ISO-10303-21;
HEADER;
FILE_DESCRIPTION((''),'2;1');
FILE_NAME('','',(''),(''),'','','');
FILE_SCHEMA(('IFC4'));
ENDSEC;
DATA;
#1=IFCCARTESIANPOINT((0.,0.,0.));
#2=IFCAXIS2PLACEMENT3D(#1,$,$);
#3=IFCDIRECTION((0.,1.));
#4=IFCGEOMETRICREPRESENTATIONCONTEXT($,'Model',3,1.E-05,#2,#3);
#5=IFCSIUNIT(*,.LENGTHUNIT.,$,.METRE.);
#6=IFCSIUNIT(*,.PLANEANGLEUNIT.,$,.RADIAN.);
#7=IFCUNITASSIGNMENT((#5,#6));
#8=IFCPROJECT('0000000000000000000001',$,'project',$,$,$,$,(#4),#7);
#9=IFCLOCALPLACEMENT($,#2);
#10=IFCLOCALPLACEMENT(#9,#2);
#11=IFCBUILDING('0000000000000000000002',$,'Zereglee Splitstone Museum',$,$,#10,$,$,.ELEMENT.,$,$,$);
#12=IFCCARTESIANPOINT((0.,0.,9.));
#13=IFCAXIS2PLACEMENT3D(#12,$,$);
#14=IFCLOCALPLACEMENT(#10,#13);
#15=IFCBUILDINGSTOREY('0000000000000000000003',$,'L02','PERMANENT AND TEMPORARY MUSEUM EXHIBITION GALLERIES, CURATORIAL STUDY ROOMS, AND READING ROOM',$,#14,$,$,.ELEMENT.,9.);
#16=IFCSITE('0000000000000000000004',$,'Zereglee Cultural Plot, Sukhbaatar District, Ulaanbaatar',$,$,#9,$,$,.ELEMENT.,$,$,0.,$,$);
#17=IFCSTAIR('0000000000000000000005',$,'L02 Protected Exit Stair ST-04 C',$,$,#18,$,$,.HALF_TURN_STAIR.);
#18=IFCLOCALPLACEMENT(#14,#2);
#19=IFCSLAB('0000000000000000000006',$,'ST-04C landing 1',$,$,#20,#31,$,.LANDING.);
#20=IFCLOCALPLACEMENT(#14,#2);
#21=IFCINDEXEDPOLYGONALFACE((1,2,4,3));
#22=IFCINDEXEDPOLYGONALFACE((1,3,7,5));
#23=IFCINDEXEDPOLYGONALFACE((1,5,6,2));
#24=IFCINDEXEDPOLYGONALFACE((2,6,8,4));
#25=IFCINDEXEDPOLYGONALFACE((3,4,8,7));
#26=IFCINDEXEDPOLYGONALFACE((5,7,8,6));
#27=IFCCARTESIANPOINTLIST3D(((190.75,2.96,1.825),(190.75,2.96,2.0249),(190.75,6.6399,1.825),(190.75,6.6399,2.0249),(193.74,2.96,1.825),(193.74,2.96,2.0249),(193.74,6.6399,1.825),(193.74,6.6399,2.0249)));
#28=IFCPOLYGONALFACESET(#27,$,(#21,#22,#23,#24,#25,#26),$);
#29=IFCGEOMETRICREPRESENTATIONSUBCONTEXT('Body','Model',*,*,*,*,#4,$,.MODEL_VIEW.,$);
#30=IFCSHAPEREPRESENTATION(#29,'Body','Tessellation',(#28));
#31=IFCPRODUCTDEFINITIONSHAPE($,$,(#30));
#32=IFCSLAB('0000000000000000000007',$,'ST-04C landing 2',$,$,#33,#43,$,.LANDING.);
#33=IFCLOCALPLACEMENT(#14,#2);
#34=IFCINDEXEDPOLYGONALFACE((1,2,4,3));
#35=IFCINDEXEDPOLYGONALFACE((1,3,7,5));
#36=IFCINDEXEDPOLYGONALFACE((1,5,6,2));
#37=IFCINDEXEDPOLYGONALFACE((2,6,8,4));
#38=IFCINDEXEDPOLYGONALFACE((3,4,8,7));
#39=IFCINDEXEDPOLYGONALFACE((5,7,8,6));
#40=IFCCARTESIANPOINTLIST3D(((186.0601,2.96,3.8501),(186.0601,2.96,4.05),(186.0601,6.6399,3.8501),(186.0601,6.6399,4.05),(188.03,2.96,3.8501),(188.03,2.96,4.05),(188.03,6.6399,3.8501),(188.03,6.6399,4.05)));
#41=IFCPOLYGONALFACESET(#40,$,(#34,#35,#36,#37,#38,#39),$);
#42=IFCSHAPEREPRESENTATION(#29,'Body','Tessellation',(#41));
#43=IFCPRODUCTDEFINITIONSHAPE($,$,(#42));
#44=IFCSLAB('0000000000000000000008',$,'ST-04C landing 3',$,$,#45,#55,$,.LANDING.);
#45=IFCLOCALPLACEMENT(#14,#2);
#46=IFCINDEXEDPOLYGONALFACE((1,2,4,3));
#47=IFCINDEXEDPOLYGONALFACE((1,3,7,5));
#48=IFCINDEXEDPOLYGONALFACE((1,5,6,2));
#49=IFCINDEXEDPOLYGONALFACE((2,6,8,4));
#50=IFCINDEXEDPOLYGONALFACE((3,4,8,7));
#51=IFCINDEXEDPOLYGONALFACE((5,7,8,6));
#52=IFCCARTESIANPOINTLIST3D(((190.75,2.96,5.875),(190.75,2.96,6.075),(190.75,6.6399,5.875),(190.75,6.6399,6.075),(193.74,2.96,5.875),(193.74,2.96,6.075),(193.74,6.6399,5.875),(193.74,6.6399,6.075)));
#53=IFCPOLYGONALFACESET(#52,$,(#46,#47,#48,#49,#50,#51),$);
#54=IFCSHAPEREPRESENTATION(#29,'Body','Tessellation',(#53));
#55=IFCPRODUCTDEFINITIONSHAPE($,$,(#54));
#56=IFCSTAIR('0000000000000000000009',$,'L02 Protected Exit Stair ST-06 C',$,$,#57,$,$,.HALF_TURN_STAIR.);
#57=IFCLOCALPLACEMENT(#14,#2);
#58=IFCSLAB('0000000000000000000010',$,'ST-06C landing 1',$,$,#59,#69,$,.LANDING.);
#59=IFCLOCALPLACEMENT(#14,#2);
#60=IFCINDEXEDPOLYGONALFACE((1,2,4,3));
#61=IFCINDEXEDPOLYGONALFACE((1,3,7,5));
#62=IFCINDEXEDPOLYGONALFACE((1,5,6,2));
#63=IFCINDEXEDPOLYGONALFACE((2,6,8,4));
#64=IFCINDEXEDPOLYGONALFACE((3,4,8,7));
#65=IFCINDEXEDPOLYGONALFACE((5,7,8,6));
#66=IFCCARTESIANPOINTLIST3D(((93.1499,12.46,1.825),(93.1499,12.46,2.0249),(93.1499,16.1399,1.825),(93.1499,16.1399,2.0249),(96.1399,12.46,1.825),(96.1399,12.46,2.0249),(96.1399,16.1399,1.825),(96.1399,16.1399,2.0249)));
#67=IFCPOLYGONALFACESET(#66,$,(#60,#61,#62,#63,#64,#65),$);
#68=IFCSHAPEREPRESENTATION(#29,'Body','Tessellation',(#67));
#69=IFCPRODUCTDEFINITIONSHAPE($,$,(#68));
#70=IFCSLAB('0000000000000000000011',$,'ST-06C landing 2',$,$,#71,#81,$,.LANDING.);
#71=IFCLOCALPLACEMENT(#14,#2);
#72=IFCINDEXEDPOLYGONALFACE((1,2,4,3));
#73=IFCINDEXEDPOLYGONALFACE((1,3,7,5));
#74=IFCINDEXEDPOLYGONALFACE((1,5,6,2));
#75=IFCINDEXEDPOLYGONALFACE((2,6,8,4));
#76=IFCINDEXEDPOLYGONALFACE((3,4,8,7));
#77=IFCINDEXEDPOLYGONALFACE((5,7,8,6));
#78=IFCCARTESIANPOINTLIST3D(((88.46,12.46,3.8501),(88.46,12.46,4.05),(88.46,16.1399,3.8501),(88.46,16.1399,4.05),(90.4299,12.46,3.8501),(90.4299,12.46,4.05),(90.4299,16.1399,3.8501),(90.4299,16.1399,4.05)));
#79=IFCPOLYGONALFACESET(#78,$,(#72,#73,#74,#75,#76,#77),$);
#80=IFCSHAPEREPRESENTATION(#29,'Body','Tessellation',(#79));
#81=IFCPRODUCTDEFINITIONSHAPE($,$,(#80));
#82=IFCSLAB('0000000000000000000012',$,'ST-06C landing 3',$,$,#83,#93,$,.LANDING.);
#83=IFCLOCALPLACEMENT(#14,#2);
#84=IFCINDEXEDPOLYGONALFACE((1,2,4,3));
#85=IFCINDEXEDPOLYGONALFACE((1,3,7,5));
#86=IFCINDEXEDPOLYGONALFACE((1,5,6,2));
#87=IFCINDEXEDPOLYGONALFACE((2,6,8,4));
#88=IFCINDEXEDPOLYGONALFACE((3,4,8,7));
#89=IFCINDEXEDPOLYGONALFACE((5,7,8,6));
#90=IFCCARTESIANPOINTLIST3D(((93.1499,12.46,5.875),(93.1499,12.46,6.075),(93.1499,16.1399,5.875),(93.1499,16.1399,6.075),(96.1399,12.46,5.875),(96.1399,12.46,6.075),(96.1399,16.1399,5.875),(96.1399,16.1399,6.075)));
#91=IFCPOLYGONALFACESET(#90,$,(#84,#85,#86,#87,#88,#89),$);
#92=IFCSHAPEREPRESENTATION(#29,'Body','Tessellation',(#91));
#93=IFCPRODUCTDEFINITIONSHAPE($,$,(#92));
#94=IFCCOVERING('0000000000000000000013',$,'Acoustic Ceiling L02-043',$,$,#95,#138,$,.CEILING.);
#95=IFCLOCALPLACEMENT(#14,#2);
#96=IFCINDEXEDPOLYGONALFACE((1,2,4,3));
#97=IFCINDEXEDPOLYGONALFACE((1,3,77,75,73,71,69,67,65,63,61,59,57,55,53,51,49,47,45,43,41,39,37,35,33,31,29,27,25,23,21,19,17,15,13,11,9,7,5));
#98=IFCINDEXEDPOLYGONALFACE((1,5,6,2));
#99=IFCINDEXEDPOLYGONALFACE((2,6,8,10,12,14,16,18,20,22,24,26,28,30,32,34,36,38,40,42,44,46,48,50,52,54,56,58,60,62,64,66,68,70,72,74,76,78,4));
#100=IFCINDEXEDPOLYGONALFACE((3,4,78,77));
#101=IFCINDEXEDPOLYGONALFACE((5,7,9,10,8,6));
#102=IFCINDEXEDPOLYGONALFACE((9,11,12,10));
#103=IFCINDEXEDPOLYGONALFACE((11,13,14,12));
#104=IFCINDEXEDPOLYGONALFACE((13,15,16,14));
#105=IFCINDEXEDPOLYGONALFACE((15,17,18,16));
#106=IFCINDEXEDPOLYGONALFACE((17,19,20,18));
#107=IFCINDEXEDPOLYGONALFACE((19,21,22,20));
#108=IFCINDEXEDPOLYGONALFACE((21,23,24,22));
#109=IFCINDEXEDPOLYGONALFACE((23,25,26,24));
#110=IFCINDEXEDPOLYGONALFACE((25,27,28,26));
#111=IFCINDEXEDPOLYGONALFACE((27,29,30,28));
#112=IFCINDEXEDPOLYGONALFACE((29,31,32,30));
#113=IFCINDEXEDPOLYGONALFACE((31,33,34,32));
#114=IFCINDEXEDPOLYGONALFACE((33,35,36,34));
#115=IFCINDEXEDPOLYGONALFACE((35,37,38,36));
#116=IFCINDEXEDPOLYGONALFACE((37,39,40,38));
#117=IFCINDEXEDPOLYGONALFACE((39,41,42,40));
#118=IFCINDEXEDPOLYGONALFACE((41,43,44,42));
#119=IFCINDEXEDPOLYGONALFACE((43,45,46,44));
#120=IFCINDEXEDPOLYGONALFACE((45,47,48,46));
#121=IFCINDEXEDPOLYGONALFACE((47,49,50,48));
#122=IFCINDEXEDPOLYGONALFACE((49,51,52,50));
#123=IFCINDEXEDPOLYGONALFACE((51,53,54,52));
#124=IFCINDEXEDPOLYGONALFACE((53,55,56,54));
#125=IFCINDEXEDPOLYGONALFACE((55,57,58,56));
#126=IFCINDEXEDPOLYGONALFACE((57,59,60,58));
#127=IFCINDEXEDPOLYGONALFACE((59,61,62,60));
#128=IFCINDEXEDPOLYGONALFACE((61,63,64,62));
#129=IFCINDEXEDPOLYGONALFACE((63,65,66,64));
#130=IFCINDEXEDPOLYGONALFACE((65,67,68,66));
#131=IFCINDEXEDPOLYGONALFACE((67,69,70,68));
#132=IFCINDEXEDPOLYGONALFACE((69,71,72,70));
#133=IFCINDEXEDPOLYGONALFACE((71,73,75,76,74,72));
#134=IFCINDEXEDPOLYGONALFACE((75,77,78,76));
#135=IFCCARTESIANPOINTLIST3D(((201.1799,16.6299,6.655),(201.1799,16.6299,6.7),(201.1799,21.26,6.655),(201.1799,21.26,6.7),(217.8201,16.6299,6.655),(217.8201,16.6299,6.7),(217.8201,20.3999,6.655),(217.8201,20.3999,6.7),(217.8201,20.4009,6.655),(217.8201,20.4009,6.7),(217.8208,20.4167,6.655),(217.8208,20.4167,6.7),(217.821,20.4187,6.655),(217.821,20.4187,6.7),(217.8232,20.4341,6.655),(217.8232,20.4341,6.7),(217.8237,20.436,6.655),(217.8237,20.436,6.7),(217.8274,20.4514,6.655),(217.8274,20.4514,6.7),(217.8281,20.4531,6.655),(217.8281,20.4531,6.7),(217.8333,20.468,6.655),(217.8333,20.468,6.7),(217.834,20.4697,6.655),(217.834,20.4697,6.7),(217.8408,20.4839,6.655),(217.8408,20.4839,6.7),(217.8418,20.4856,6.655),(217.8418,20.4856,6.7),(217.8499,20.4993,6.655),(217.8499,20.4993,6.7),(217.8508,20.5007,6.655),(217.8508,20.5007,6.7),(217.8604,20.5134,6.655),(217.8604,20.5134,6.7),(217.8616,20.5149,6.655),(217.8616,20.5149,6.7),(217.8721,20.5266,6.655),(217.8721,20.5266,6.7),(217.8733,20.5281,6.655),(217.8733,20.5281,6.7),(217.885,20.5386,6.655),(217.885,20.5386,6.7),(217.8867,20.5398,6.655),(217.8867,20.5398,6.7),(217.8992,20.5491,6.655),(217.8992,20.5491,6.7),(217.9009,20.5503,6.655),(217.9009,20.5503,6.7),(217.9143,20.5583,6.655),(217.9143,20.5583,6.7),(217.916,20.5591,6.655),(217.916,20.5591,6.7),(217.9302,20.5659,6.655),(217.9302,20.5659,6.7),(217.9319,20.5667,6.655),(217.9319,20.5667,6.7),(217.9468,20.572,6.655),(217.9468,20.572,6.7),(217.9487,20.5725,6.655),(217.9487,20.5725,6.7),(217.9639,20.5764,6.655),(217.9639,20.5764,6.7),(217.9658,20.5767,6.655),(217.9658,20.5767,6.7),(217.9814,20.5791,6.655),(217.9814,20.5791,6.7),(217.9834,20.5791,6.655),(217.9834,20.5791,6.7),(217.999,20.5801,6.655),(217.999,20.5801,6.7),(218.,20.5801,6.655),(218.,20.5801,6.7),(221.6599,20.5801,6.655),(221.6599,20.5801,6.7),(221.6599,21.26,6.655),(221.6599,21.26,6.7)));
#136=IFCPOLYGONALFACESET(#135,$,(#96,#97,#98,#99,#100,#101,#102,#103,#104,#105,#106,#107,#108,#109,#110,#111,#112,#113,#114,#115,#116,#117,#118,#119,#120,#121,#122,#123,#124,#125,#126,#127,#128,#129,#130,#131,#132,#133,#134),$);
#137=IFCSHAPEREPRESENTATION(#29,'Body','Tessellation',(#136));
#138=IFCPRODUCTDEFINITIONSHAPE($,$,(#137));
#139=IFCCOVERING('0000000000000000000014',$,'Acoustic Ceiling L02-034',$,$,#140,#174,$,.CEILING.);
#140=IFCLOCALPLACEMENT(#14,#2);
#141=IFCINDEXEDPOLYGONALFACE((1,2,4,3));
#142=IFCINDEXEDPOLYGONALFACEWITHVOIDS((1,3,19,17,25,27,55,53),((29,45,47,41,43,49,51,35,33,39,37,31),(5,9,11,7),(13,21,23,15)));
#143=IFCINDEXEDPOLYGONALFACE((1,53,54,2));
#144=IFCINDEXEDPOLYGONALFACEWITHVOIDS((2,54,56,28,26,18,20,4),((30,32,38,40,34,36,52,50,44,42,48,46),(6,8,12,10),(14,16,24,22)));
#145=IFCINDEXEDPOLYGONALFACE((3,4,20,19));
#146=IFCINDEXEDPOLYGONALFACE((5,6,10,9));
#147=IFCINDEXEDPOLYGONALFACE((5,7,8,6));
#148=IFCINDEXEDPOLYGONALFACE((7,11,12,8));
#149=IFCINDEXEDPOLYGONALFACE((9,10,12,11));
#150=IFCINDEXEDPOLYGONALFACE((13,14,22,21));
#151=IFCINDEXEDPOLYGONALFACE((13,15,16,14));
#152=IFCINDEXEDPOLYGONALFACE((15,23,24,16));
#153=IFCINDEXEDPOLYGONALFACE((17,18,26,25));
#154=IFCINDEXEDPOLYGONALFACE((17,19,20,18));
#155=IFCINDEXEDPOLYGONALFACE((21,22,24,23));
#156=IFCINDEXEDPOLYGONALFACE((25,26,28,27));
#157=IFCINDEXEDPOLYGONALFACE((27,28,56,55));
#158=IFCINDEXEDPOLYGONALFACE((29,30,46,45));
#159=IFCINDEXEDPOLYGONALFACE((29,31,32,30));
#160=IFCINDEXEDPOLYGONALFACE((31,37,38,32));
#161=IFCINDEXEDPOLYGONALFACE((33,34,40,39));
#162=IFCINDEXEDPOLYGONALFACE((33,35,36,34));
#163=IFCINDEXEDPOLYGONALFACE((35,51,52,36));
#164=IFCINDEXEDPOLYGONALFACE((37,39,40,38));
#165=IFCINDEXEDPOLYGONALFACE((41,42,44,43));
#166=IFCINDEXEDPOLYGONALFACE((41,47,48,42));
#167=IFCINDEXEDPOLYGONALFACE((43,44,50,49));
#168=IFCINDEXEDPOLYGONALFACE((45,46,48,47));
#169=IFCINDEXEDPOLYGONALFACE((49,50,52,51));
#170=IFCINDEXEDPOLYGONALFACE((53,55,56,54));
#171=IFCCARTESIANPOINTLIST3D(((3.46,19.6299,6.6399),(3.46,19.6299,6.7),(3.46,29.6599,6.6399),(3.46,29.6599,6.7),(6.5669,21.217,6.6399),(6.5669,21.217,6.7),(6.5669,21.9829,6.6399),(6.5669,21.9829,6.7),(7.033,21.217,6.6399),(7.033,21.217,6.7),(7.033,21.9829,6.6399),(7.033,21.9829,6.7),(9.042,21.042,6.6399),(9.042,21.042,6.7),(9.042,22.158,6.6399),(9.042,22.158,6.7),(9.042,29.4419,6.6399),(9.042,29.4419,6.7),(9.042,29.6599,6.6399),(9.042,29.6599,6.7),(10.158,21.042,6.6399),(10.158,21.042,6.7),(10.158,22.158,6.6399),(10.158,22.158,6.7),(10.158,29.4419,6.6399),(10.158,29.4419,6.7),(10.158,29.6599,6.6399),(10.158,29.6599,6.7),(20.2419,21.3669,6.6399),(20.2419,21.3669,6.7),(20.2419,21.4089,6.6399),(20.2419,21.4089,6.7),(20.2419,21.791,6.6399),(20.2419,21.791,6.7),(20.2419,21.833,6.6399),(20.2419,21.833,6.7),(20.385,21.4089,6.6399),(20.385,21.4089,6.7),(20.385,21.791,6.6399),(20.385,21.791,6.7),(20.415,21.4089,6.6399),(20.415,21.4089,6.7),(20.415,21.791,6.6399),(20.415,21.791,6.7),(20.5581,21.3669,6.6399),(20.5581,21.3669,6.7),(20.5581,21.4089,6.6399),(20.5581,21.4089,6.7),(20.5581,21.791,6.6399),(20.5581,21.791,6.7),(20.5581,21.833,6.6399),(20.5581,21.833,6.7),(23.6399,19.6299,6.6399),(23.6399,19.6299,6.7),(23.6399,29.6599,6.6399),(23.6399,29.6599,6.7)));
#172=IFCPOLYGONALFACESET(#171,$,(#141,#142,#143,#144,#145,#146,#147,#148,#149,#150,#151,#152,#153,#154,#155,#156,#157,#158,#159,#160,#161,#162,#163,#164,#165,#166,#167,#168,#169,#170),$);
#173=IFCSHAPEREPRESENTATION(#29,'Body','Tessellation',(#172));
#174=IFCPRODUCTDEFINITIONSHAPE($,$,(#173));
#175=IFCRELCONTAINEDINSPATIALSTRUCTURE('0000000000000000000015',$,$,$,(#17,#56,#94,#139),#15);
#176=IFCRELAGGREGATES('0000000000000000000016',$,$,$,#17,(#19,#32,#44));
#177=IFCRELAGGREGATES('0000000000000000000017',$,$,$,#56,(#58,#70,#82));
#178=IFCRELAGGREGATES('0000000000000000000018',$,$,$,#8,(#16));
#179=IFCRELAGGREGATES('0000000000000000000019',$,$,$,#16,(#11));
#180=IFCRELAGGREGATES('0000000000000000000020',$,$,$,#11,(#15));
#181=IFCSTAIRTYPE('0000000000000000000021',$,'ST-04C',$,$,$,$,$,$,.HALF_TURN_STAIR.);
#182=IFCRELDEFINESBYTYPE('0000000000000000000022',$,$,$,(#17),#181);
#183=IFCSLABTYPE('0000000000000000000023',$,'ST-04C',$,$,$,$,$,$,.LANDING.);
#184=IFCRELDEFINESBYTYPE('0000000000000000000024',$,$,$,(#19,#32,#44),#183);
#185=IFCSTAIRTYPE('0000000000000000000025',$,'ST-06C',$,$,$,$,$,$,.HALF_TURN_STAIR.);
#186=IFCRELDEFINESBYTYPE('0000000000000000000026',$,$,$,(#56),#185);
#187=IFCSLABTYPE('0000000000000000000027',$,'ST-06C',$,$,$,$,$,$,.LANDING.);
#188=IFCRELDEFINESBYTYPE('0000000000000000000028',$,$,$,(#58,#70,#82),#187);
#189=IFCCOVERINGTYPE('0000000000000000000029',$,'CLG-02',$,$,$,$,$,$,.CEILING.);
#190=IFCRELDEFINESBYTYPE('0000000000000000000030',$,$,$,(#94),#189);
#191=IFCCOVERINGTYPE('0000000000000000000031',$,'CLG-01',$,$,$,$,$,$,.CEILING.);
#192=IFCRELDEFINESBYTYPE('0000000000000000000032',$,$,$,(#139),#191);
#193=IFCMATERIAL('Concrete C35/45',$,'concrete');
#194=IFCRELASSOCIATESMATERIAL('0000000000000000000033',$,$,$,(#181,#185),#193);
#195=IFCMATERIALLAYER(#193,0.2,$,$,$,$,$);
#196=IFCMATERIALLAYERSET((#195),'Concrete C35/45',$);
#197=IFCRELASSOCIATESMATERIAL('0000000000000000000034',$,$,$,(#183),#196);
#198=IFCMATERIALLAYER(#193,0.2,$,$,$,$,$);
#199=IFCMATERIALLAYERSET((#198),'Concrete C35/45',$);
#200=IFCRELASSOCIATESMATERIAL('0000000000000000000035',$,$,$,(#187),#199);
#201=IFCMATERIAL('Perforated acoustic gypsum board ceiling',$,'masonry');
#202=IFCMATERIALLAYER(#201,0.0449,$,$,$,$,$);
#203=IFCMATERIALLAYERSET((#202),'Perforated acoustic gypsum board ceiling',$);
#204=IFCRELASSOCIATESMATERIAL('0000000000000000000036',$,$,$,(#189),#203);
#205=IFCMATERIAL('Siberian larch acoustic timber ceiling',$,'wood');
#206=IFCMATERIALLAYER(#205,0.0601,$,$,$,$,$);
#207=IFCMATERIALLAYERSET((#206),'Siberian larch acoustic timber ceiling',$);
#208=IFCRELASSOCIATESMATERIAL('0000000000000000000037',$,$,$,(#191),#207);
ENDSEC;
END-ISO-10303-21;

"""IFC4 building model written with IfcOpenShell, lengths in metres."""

from ifc_helpers import new_model, si_unit, direction, frame, origin, place, context, subcontext, project, spatial, polyline, outline, extrude, material, layer, layer_set, type_object, element, aggregate, save


model = new_model("IFC4")

# Units and contexts
model_context = context("Model", 3, precision=1e-05, world=origin(), true_north=direction((0.0, 1.0)))
body_context = subcontext(model_context, "Body", "Model", "MODEL_VIEW")
ifc_project = project(units=[si_unit("LENGTHUNIT", "METRE"), si_unit("PLANEANGLEUNIT", "RADIAN")], contexts=[model_context])

# Site, building, storey
site_placement = place(None, origin())
site = spatial("IfcSite", under=ifc_project, at=site_placement, Name="Zereglee Cultural Plot, Sukhbaatar District, Ulaanbaatar", CompositionType="ELEMENT", RefElevation=0.0)
building_placement = place(site_placement, origin())
building = spatial("IfcBuilding", under=site, at=building_placement, Name="Zereglee Splitstone Museum", CompositionType="ELEMENT")
storey_placement = place(building_placement, frame((0.0, 0.0, 9.0)))
storey = spatial("IfcBuildingStorey", under=building, at=storey_placement, Name="L02", Description="PERMANENT AND TEMPORARY MUSEUM EXHIBITION GALLERIES, CURATORIAL STUDY ROOMS, AND READING ROOM", CompositionType="ELEMENT", Elevation=9.0)

# Stairs, slabs
ifc_material_1 = material(Name="Concrete C35/45", Category="concrete")
stair_type_1 = type_object("IfcStairType", Name="ST-04C", PredefinedType="HALF_TURN_STAIR", material=ifc_material_1)
stair_1_placement = place(storey_placement, origin())
stair_1 = element("IfcStair", 1, at=stair_1_placement, inside=storey, type_object=stair_type_1, Name="L02 Protected Exit Stair ST-04 C", PredefinedType="HALF_TURN_STAIR")
ifc_layer_1 = layer(ifc_material_1, 0.2)
ifc_layer_set_1 = layer_set([ifc_layer_1], Name="Concrete C35/45")
slab_type_1 = type_object("IfcSlabType", Name="ST-04C", PredefinedType="LANDING", material=ifc_layer_set_1)
slab_1_placement = place(storey_placement, frame((0.0, 0.0, 1.825)))
slab_1 = element("IfcSlab", 2, at=slab_1_placement, type_object=slab_type_1, Name="ST-04C landing 1", PredefinedType="LANDING", context=body_context, shape_type="SweptSolid", body=[
    extrude(outline(polyline([(190.75, 2.96), (193.74, 2.96), (193.74, 6.6399), (190.75, 6.6399), (190.75, 2.96)])), origin(), (0.0, 0.0, 1.0), 0.2),
])
slab_2_placement = place(storey_placement, frame((0.0, 0.0, 3.8501)))
slab_2 = element("IfcSlab", 3, at=slab_2_placement, type_object=slab_type_1, Name="ST-04C landing 2", PredefinedType="LANDING", context=body_context, shape_type="SweptSolid", body=[
    extrude(outline(polyline([(186.0601, 2.96), (188.03, 2.96), (188.03, 6.6399), (186.0601, 6.6399), (186.0601, 2.96)])), origin(), (0.0, 0.0, 1.0), 0.2),
])
slab_3_placement = place(storey_placement, frame((0.0, 0.0, 5.875)))
slab_3 = element("IfcSlab", 4, at=slab_3_placement, type_object=slab_type_1, Name="ST-04C landing 3", PredefinedType="LANDING", context=body_context, shape_type="SweptSolid", body=[
    extrude(outline(polyline([(190.75, 2.96), (193.74, 2.96), (193.74, 6.6399), (190.75, 6.6399), (190.75, 2.96)])), origin(), (0.0, 0.0, 1.0), 0.2),
])
aggregate(stair_1, [slab_1, slab_2, slab_3])
stair_type_2 = type_object("IfcStairType", Name="ST-06C", PredefinedType="HALF_TURN_STAIR", material=ifc_material_1)
stair_2_placement = place(storey_placement, origin())
stair_2 = element("IfcStair", 5, at=stair_2_placement, inside=storey, type_object=stair_type_2, Name="L02 Protected Exit Stair ST-06 C", PredefinedType="HALF_TURN_STAIR")
ifc_layer_2 = layer(ifc_material_1, 0.2)
ifc_layer_set_2 = layer_set([ifc_layer_2], Name="Concrete C35/45")
slab_type_2 = type_object("IfcSlabType", Name="ST-06C", PredefinedType="LANDING", material=ifc_layer_set_2)
slab_4_placement = place(storey_placement, frame((0.0, 0.0, 1.825)))
slab_4 = element("IfcSlab", 6, at=slab_4_placement, type_object=slab_type_2, Name="ST-06C landing 1", PredefinedType="LANDING", context=body_context, shape_type="SweptSolid", body=[
    extrude(outline(polyline([(93.1499, 12.46), (96.1399, 12.46), (96.1399, 16.1399), (93.1499, 16.1399), (93.1499, 12.46)])), origin(), (0.0, 0.0, 1.0), 0.2),
])
slab_5_placement = place(storey_placement, frame((0.0, 0.0, 3.8501)))
slab_5 = element("IfcSlab", 7, at=slab_5_placement, type_object=slab_type_2, Name="ST-06C landing 2", PredefinedType="LANDING", context=body_context, shape_type="SweptSolid", body=[
    extrude(outline(polyline([(88.46, 12.46), (90.4299, 12.46), (90.4299, 16.1399), (88.46, 16.1399), (88.46, 12.46)])), origin(), (0.0, 0.0, 1.0), 0.2),
])
slab_6_placement = place(storey_placement, frame((0.0, 0.0, 5.875)))
slab_6 = element("IfcSlab", 8, at=slab_6_placement, type_object=slab_type_2, Name="ST-06C landing 3", PredefinedType="LANDING", context=body_context, shape_type="SweptSolid", body=[
    extrude(outline(polyline([(93.1499, 12.46), (96.1399, 12.46), (96.1399, 16.1399), (93.1499, 16.1399), (93.1499, 12.46)])), origin(), (0.0, 0.0, 1.0), 0.2),
])
aggregate(stair_2, [slab_4, slab_5, slab_6])

# Coverings
ifc_material_2 = material(Name="Perforated acoustic gypsum board ceiling", Category="masonry")
ifc_layer_3 = layer(ifc_material_2, 0.0449)
ifc_layer_set_3 = layer_set([ifc_layer_3], Name="Perforated acoustic gypsum board ceiling")
covering_type_1 = type_object("IfcCoveringType", Name="CLG-02", PredefinedType="CEILING", material=ifc_layer_set_3)
covering_1_placement = place(storey_placement, frame((0.0, 0.0, 6.655)))
element("IfcCovering", 9, at=covering_1_placement, inside=storey, type_object=covering_type_1, Name="Acoustic Ceiling L02-043", PredefinedType="CEILING", context=body_context, shape_type="SweptSolid", body=[
    extrude(outline(polyline([(221.6599, 20.5801), (218.0, 20.5801), (217.999, 20.5801), (217.9834, 20.5791), (217.9814, 20.5791), (217.9658, 20.5767), (217.9639, 20.5764), (217.9487, 20.5725), (217.9468, 20.572), (217.9319, 20.5667), (217.9302, 20.5659), (217.916, 20.5591), (217.9143, 20.5583), (217.9009, 20.5503), (217.8992, 20.5491), (217.8867, 20.5398), (217.885, 20.5386), (217.8733, 20.5281), (217.8721, 20.5266), (217.8616, 20.5149), (217.8604, 20.5134), (217.8508, 20.5007), (217.8499, 20.4993), (217.8418, 20.4856), (217.8408, 20.4839), (217.834, 20.4697), (217.8333, 20.468), (217.8281, 20.4531), (217.8274, 20.4514), (217.8237, 20.436), (217.8232, 20.4341), (217.821, 20.4187), (217.8208, 20.4167), (217.8201, 20.4009), (217.8201, 20.3999), (217.8201, 16.6299), (201.1799, 16.6299), (201.1799, 21.26), (221.6599, 21.26), (221.6599, 20.5801)])), origin(), (0.0, 0.0, 1.0), 0.0449),
])
ifc_material_3 = material(Name="Siberian larch acoustic timber ceiling", Category="wood")
ifc_layer_4 = layer(ifc_material_3, 0.0601)
ifc_layer_set_4 = layer_set([ifc_layer_4], Name="Siberian larch acoustic timber ceiling")
covering_type_2 = type_object("IfcCoveringType", Name="CLG-01", PredefinedType="CEILING", material=ifc_layer_set_4)
covering_2_placement = place(storey_placement, frame((0.0, 0.0, 6.6399)))
element("IfcCovering", 10, at=covering_2_placement, inside=storey, type_object=covering_type_2, Name="Acoustic Ceiling L02-034", PredefinedType="CEILING", context=body_context, shape_type="SweptSolid", body=[
    extrude(outline(polyline([(3.46, 29.6599), (9.042, 29.6599), (9.042, 29.4419), (10.158, 29.4419), (10.158, 29.6599), (23.6399, 29.6599), (23.6399, 19.6299), (3.46, 19.6299), (3.46, 29.6599)]), holes=[polyline([(6.5669, 21.9829), (6.5669, 21.217), (7.033, 21.217), (7.033, 21.9829), (6.5669, 21.9829)]), polyline([(9.042, 22.158), (9.042, 21.042), (10.158, 21.042), (10.158, 22.158), (9.042, 22.158)]), polyline([(20.5581, 21.833), (20.2419, 21.833), (20.2419, 21.791), (20.385, 21.791), (20.385, 21.4089), (20.2419, 21.4089), (20.2419, 21.3669), (20.5581, 21.3669), (20.5581, 21.4089), (20.415, 21.4089), (20.415, 21.791), (20.5581, 21.791), (20.5581, 21.833)])]), origin(), (0.0, 0.0, 1.0), 0.0601),
])

save(model, "model.ifc")
